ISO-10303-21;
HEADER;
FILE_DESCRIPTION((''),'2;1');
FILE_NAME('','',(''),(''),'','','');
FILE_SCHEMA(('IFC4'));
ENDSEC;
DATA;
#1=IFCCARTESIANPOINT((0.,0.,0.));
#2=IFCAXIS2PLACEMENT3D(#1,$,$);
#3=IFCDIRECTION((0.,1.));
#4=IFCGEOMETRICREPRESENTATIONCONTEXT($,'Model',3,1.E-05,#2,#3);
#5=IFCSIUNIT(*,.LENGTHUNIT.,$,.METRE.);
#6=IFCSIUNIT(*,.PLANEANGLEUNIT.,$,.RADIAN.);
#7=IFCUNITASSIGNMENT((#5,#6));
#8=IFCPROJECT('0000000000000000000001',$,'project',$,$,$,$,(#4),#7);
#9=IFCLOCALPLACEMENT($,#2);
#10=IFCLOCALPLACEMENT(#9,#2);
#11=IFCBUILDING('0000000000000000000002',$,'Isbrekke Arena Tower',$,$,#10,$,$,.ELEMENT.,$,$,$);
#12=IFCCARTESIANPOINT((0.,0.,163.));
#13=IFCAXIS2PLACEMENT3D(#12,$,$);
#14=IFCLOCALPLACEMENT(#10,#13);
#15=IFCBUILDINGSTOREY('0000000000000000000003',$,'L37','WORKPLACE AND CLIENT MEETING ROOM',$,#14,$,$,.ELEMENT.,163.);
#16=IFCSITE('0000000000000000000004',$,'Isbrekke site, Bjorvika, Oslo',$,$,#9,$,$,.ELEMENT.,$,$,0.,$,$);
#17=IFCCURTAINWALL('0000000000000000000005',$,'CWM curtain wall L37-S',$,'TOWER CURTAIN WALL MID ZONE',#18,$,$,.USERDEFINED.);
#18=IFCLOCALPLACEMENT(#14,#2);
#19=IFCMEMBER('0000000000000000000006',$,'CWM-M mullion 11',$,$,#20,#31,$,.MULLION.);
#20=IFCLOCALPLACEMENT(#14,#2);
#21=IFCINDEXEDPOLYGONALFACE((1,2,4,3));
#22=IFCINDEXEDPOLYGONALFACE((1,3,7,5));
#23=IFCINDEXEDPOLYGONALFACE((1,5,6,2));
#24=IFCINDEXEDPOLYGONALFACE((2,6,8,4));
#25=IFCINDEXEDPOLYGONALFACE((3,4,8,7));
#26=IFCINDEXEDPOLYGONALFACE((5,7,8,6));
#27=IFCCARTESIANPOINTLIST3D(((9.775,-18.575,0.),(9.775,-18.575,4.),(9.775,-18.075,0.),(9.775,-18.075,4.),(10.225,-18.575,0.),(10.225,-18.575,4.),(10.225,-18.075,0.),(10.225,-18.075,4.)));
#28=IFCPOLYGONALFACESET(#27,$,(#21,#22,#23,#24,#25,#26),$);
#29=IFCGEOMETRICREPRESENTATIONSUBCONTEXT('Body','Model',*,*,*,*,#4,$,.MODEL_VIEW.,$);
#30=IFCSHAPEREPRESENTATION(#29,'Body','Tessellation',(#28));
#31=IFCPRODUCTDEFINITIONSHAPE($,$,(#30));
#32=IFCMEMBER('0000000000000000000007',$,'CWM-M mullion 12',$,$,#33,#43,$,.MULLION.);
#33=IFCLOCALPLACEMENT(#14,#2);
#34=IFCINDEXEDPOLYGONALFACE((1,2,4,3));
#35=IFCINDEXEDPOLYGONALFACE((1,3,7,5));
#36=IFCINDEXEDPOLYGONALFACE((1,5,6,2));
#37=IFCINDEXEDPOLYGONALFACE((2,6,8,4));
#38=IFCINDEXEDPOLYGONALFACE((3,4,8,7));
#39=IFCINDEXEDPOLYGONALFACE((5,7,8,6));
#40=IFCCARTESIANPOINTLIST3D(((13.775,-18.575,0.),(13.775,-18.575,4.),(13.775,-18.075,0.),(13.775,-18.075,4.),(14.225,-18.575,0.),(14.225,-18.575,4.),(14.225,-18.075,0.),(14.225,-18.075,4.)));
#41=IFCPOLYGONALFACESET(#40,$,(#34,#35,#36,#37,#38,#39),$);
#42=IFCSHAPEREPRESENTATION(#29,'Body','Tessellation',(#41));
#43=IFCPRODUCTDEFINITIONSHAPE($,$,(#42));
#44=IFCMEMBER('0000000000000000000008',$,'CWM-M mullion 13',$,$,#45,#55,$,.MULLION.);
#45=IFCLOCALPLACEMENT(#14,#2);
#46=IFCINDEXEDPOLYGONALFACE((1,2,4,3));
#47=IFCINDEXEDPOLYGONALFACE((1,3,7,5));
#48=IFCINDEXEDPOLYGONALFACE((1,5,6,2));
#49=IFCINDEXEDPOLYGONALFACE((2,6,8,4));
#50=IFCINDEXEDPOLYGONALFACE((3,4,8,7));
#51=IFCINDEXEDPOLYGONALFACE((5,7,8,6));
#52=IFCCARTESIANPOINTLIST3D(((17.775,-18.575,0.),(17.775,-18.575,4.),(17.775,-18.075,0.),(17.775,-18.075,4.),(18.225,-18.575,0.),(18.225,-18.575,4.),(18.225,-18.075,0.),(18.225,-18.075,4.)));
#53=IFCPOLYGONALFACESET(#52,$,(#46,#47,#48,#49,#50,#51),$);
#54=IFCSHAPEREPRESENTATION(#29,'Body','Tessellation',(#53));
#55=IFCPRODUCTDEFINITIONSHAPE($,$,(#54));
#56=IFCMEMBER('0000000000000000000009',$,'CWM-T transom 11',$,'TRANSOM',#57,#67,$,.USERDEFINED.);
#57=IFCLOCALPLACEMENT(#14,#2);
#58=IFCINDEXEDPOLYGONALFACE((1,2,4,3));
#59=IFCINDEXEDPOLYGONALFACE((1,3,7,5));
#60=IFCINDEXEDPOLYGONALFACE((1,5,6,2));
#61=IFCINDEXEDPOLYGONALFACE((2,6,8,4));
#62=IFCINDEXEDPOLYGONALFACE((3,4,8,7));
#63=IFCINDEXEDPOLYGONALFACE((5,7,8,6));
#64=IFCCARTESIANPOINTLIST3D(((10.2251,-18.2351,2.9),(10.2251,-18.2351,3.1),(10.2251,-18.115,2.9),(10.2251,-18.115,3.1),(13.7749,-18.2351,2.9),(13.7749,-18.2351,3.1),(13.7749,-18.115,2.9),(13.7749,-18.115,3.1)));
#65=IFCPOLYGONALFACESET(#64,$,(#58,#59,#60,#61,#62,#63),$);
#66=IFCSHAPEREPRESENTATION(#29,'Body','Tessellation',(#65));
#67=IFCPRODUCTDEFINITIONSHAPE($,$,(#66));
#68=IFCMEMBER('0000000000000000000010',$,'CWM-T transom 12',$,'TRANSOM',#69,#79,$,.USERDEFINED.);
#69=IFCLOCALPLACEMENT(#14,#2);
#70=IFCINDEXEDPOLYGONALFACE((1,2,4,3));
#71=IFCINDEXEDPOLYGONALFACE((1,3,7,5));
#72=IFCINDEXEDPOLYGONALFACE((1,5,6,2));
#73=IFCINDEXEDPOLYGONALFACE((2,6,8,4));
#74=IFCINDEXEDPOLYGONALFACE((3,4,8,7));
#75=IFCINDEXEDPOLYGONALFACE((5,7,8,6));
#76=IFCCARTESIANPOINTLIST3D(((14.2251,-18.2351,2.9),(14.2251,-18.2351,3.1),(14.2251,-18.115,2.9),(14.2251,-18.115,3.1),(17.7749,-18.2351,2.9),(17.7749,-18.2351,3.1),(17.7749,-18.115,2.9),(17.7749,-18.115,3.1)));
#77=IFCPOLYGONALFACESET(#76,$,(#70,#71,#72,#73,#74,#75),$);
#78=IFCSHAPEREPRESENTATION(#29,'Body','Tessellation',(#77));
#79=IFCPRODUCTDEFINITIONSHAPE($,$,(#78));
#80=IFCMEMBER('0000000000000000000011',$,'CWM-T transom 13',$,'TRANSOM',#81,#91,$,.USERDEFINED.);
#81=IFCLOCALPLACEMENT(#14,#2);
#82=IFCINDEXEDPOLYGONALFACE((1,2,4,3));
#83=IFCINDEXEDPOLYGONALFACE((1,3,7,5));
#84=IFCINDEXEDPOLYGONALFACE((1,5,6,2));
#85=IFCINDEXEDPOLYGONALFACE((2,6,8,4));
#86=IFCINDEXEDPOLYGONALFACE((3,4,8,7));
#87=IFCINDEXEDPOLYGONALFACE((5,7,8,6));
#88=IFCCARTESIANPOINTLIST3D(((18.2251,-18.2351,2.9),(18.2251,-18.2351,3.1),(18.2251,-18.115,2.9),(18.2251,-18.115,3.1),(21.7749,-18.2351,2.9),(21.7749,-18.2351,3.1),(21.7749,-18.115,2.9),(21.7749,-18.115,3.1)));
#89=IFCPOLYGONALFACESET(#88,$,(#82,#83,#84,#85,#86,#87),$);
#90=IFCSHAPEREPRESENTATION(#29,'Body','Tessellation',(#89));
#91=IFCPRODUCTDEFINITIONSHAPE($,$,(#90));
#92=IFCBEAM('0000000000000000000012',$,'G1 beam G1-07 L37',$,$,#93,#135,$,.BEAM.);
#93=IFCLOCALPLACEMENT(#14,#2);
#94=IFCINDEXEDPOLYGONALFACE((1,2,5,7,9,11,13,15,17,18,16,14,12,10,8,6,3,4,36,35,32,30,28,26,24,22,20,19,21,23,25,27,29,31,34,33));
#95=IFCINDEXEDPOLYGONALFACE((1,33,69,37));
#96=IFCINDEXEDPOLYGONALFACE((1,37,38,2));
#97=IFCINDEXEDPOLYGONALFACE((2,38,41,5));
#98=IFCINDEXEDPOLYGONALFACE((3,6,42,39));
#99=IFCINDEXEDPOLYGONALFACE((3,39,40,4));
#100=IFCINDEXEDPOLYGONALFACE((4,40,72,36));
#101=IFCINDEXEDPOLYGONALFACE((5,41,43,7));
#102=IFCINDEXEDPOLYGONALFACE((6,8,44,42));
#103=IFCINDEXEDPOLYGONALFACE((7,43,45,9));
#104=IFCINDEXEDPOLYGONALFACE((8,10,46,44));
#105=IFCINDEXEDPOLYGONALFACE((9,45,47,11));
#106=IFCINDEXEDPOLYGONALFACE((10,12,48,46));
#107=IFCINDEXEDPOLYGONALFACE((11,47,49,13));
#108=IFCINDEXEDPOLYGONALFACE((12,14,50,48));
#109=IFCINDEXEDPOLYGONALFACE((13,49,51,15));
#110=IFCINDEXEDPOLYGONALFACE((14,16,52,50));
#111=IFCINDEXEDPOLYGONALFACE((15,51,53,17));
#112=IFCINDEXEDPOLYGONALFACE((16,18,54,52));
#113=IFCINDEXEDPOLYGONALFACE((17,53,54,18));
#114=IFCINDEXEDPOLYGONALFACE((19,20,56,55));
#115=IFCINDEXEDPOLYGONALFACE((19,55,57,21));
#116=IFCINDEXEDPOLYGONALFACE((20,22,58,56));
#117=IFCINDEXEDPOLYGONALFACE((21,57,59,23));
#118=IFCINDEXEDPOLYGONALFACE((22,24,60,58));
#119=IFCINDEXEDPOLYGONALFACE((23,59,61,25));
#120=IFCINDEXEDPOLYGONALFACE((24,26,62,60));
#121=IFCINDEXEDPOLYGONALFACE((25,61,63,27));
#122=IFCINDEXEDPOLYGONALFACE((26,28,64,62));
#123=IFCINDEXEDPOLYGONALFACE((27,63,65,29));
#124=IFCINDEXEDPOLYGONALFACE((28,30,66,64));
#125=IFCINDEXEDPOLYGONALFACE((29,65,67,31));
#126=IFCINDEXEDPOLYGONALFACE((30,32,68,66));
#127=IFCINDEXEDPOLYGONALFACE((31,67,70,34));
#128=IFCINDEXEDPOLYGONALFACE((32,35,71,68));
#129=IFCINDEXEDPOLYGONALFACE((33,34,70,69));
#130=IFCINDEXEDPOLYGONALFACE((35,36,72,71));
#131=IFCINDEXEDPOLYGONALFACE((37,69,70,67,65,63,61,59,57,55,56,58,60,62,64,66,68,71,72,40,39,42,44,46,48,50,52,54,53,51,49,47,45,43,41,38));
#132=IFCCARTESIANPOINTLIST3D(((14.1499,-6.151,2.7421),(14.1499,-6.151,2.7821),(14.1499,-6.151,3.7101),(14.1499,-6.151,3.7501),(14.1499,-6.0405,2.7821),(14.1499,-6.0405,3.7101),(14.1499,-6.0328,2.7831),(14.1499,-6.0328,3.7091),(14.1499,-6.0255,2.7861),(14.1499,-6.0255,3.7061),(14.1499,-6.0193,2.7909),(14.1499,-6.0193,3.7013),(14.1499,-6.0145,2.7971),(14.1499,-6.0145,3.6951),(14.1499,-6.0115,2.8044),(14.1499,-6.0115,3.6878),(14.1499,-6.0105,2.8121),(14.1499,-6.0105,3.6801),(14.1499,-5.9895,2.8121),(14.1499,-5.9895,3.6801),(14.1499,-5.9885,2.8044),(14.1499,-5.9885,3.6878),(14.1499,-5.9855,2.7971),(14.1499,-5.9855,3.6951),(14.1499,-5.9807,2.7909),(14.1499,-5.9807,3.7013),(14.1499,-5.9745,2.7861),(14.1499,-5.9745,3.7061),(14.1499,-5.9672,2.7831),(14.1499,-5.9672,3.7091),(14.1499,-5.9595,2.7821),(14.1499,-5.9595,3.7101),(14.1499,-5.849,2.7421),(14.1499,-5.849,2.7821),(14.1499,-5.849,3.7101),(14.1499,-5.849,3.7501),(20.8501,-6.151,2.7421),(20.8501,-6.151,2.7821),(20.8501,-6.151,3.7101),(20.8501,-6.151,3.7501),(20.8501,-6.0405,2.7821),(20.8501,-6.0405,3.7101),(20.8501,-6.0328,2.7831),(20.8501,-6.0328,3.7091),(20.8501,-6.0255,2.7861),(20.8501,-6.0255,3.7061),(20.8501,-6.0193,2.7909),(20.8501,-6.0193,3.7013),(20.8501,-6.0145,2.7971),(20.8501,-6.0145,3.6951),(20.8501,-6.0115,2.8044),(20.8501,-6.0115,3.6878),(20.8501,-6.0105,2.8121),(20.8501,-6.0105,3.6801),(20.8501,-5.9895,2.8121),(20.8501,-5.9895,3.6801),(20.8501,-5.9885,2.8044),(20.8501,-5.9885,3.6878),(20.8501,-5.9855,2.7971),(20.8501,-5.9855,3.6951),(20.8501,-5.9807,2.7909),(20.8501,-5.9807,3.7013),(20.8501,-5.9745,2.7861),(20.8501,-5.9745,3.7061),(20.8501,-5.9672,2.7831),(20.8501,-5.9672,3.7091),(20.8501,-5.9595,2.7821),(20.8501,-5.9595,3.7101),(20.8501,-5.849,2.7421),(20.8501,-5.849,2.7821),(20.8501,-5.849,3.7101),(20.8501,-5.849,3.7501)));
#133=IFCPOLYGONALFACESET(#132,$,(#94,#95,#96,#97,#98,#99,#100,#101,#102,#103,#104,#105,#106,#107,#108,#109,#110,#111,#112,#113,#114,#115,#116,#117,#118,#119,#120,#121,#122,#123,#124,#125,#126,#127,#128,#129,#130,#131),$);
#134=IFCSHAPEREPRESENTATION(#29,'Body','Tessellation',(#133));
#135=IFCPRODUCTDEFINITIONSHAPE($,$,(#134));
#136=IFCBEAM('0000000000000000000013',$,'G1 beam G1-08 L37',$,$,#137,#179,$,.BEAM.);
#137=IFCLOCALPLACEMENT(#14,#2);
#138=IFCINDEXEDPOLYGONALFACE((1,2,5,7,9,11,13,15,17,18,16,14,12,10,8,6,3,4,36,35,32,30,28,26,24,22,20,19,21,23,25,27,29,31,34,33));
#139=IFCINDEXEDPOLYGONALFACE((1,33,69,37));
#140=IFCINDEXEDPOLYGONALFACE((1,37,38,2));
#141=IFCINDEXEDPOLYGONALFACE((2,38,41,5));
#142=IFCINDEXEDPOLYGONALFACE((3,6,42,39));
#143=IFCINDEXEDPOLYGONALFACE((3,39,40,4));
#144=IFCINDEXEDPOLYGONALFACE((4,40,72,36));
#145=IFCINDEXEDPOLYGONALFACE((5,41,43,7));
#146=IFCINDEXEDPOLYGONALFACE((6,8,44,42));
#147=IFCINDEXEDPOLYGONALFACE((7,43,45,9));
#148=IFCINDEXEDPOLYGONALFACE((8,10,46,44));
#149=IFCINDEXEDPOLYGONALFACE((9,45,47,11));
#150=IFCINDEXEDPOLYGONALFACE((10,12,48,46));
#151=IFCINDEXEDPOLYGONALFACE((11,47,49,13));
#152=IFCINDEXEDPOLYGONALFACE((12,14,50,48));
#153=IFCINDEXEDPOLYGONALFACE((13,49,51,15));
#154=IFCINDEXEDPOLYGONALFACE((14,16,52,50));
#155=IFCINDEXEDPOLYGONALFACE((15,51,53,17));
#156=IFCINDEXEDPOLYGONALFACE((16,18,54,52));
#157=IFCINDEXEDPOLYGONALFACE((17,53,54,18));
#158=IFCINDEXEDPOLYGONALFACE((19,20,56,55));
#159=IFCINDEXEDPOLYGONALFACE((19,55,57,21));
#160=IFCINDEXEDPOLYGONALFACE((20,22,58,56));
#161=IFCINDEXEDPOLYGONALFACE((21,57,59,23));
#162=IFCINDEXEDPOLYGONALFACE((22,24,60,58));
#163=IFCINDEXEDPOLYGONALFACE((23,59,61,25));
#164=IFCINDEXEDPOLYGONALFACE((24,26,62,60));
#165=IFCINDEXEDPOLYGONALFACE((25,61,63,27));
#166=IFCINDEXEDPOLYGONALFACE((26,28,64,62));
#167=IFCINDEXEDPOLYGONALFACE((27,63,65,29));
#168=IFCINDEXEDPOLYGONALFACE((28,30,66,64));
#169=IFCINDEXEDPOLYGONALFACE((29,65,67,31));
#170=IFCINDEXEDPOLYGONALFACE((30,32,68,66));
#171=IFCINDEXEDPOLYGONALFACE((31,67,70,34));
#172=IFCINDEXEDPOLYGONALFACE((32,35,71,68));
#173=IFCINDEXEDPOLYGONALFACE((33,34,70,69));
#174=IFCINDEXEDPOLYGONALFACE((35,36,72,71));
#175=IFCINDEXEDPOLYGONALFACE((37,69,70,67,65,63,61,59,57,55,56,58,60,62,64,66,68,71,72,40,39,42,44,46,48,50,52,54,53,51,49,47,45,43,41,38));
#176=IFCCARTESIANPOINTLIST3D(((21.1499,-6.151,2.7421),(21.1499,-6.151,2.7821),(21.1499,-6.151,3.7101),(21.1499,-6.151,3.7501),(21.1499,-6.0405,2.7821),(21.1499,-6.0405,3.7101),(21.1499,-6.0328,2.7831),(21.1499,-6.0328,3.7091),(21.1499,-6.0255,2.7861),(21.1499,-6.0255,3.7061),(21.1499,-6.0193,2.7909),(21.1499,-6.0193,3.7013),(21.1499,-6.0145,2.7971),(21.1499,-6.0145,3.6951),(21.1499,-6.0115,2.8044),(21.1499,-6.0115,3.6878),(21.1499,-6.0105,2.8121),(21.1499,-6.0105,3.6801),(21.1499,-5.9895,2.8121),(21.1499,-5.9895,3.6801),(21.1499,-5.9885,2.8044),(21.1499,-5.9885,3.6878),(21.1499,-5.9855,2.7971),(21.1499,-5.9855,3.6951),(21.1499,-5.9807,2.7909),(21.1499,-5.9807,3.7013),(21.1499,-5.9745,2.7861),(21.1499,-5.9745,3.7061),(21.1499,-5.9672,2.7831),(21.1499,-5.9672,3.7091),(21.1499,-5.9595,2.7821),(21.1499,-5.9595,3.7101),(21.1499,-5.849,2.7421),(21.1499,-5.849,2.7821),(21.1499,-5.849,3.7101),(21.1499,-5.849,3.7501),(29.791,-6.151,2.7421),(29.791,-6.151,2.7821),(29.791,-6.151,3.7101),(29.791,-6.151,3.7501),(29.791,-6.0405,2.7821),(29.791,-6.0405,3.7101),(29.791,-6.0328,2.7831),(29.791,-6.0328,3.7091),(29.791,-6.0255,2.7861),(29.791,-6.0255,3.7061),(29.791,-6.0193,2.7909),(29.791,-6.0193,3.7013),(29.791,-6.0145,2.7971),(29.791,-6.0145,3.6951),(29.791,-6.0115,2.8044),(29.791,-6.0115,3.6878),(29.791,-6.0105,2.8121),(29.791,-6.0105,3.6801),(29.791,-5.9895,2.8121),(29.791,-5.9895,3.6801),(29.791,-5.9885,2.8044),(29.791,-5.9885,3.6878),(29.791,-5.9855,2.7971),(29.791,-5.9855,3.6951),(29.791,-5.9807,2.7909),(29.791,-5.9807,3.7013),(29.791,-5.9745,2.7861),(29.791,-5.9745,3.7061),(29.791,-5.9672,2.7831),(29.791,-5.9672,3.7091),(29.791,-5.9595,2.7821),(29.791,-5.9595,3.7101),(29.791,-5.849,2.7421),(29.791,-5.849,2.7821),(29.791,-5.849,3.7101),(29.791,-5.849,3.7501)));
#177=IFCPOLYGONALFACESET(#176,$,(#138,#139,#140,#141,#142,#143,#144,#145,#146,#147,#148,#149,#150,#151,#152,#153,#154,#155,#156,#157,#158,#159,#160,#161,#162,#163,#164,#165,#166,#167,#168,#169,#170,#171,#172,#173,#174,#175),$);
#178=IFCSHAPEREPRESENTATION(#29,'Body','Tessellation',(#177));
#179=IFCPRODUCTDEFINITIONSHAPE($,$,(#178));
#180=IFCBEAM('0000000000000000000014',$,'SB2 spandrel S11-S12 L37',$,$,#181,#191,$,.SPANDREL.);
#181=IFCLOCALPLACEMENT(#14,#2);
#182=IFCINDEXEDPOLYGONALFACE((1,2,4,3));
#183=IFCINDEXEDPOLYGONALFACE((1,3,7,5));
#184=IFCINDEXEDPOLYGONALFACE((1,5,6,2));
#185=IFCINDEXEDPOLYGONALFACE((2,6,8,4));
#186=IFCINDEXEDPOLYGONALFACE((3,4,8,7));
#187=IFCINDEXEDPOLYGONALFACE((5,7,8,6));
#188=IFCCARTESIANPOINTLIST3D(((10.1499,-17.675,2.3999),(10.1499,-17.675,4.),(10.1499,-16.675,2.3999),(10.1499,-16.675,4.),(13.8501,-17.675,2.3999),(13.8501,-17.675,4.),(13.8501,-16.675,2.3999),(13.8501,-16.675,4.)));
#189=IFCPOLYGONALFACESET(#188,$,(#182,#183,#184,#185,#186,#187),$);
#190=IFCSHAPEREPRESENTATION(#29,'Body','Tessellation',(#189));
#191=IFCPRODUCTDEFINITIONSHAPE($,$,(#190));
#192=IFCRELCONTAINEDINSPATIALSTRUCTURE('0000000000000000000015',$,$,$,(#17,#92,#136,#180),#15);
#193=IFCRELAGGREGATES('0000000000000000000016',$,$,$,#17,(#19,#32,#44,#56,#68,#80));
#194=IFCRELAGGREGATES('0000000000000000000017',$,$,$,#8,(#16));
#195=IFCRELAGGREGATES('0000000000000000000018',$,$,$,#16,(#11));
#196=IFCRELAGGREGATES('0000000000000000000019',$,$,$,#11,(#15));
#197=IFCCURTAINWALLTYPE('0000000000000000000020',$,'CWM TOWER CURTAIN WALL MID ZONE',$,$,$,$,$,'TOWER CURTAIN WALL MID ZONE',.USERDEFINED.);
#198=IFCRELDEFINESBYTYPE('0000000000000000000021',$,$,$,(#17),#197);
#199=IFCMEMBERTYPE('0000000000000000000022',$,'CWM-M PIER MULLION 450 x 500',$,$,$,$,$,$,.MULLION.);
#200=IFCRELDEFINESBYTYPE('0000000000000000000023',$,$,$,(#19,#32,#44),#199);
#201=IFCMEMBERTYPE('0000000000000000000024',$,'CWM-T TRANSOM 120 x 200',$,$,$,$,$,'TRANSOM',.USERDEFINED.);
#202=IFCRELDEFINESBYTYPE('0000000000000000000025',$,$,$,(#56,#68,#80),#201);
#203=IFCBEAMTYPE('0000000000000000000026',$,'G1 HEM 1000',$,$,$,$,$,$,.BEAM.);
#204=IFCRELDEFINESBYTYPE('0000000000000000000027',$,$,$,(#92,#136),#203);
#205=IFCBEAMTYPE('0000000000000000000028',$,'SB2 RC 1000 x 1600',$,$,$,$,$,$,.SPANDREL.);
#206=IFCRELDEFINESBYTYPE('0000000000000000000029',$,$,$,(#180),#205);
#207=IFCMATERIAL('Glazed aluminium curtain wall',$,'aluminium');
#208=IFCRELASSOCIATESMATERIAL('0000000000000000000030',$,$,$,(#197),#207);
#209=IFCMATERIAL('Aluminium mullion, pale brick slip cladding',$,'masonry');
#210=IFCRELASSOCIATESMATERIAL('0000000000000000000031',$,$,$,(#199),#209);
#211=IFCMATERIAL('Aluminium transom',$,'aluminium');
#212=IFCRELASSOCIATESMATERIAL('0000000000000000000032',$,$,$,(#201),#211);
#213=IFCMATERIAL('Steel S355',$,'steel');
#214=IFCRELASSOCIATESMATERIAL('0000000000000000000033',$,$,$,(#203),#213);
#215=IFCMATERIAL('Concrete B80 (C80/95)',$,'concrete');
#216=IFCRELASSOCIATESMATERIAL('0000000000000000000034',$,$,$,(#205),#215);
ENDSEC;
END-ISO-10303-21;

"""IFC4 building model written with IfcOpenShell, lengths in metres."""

from ifc_helpers import new_model, si_unit, direction, frame, origin, origin_2d, place, context, subcontext, project, spatial, rectangle, i_section, extrude, material, material_profile, profile_set, type_object, element, aggregate, save


model = new_model("IFC4")

# Units and contexts
model_context = context("Model", 3, precision=1e-05, world=origin(), true_north=direction((0.0, 1.0)))
body_context = subcontext(model_context, "Body", "Model", "MODEL_VIEW")
ifc_project = project(units=[si_unit("LENGTHUNIT", "METRE"), si_unit("PLANEANGLEUNIT", "RADIAN")], contexts=[model_context])

# Site, building, storey
site_placement = place(None, origin())
site = spatial("IfcSite", under=ifc_project, at=site_placement, Name="Isbrekke site, Bjorvika, Oslo", CompositionType="ELEMENT", RefElevation=0.0)
building_placement = place(site_placement, origin())
building = spatial("IfcBuilding", under=site, at=building_placement, Name="Isbrekke Arena Tower", CompositionType="ELEMENT")
storey_placement = place(building_placement, frame((0.0, 0.0, 163.0)))
storey = spatial("IfcBuildingStorey", under=building, at=storey_placement, Name="L37", Description="WORKPLACE AND CLIENT MEETING ROOM", CompositionType="ELEMENT", Elevation=163.0)

# Curtain wall, members
ifc_material_1 = material(Name="Glazed aluminium curtain wall", Category="aluminium")
curtain_wall_type = type_object("IfcCurtainWallType", Name="CWM TOWER CURTAIN WALL MID ZONE", ElementType="TOWER CURTAIN WALL MID ZONE", PredefinedType="USERDEFINED", material=ifc_material_1)
curtain_wall_placement = place(storey_placement, origin())
curtain_wall = element("IfcCurtainWall", 1, at=curtain_wall_placement, inside=storey, type_object=curtain_wall_type, Name="CWM curtain wall L37-S", ObjectType="TOWER CURTAIN WALL MID ZONE", PredefinedType="USERDEFINED")
ifc_material_2 = material(Name="Aluminium mullion, pale brick slip cladding", Category="masonry")
ifc_material_profile_1 = material_profile(ifc_material_2, rectangle(XDim=0.45, YDim=0.5, at=origin_2d()), Name="PIER 450X500")
ifc_profile_set_1 = profile_set([ifc_material_profile_1], Name="Aluminium mullion, pale brick slip cladding")
member_type_1 = type_object("IfcMemberType", Name="CWM-M PIER MULLION 450 x 500", PredefinedType="MULLION", material=ifc_profile_set_1)
member_1_placement = place(storey_placement, frame((10.0, -18.325, 0.0), z_axis=(0.0, 0.0, 1.0), x_axis=(1.0, 0.0, 0.0)))
member_1 = element("IfcMember", 2, at=member_1_placement, type_object=member_type_1, Name="CWM-M mullion 11", PredefinedType="MULLION", context=body_context, shape_type="SweptSolid", body=[
    extrude(rectangle(XDim=0.45, YDim=0.5, at=origin_2d()), origin(), (0.0, 0.0, 1.0), 4.0),
])
member_2_placement = place(storey_placement, frame((14.0, -18.325, 0.0), z_axis=(0.0, 0.0, 1.0), x_axis=(1.0, 0.0, 0.0)))
member_2 = element("IfcMember", 3, at=member_2_placement, type_object=member_type_1, Name="CWM-M mullion 12", PredefinedType="MULLION", context=body_context, shape_type="SweptSolid", body=[
    extrude(rectangle(XDim=0.45, YDim=0.5, at=origin_2d()), origin(), (0.0, 0.0, 1.0), 4.0),
])
member_3_placement = place(storey_placement, frame((18.0, -18.325, 0.0), z_axis=(0.0, 0.0, 1.0), x_axis=(1.0, 0.0, 0.0)))
member_3 = element("IfcMember", 4, at=member_3_placement, type_object=member_type_1, Name="CWM-M mullion 13", PredefinedType="MULLION", context=body_context, shape_type="SweptSolid", body=[
    extrude(rectangle(XDim=0.45, YDim=0.5, at=origin_2d()), origin(), (0.0, 0.0, 1.0), 4.0),
])
ifc_material_3 = material(Name="Aluminium transom", Category="aluminium")
ifc_material_profile_2 = material_profile(ifc_material_3, rectangle(XDim=0.1201, YDim=0.2, at=origin_2d()), Name="TRANSOM 120X200")
ifc_profile_set_2 = profile_set([ifc_material_profile_2], Name="Aluminium transom")
member_type_2 = type_object("IfcMemberType", Name="CWM-T TRANSOM 120 x 200", ElementType="TRANSOM", PredefinedType="USERDEFINED", material=ifc_profile_set_2)
member_4_placement = place(storey_placement, frame((10.2251, -18.175, 3.0), z_axis=(1.0, 0.0, 0.0), x_axis=(0.0, 1.0, 0.0)))
member_4 = element("IfcMember", 5, at=member_4_placement, type_object=member_type_2, Name="CWM-T transom 11", ObjectType="TRANSOM", PredefinedType="USERDEFINED", context=body_context, shape_type="SweptSolid", body=[
    extrude(rectangle(XDim=0.1201, YDim=0.2, at=origin_2d()), origin(), (0.0, 0.0, 1.0), 3.5498),
])
member_5_placement = place(storey_placement, frame((14.2251, -18.175, 3.0), z_axis=(1.0, 0.0, 0.0), x_axis=(0.0, 1.0, 0.0)))
member_5 = element("IfcMember", 6, at=member_5_placement, type_object=member_type_2, Name="CWM-T transom 12", ObjectType="TRANSOM", PredefinedType="USERDEFINED", context=body_context, shape_type="SweptSolid", body=[
    extrude(rectangle(XDim=0.1201, YDim=0.2, at=origin_2d()), origin(), (0.0, 0.0, 1.0), 3.5498),
])
member_6_placement = place(storey_placement, frame((18.2251, -18.175, 3.0), z_axis=(1.0, 0.0, 0.0), x_axis=(0.0, 1.0, 0.0)))
member_6 = element("IfcMember", 7, at=member_6_placement, type_object=member_type_2, Name="CWM-T transom 13", ObjectType="TRANSOM", PredefinedType="USERDEFINED", context=body_context, shape_type="SweptSolid", body=[
    extrude(rectangle(XDim=0.1201, YDim=0.2, at=origin_2d()), origin(), (0.0, 0.0, 1.0), 3.5498),
])

# Beams
ifc_material_4 = material(Name="Steel S355", Category="steel")
ifc_material_profile_3 = material_profile(ifc_material_4, i_section(OverallWidth=0.302, OverallDepth=1.0081, WebThickness=0.021, FlangeThickness=0.04, FilletRadius=0.03, at=origin_2d()), Name="HEM 1000")
ifc_profile_set_3 = profile_set([ifc_material_profile_3], Name="Steel S355")
beam_type_1 = type_object("IfcBeamType", Name="G1 HEM 1000", PredefinedType="BEAM", material=ifc_profile_set_3)
beam_1_placement = place(storey_placement, frame((14.1499, -6.0, 3.2461), z_axis=(1.0, 0.0, 0.0), x_axis=(0.0, 1.0, 0.0)))
element("IfcBeam", 8, at=beam_1_placement, inside=storey, type_object=beam_type_1, Name="G1 beam G1-07 L37", PredefinedType="BEAM", context=body_context, shape_type="SweptSolid", body=[
    extrude(i_section(OverallWidth=0.302, OverallDepth=1.0081, WebThickness=0.021, FlangeThickness=0.04, FilletRadius=0.03, at=origin_2d()), origin(), (0.0, 0.0, 1.0), 6.7002),
])
beam_2_placement = place(storey_placement, frame((21.1499, -6.0, 3.2461), z_axis=(1.0, 0.0, 0.0), x_axis=(0.0, 1.0, 0.0)))
element("IfcBeam", 9, at=beam_2_placement, inside=storey, type_object=beam_type_1, Name="G1 beam G1-08 L37", PredefinedType="BEAM", context=body_context, shape_type="SweptSolid", body=[
    extrude(i_section(OverallWidth=0.302, OverallDepth=1.0081, WebThickness=0.021, FlangeThickness=0.04, FilletRadius=0.03, at=origin_2d()), origin(), (0.0, 0.0, 1.0), 8.6411),
])
ifc_material_5 = material(Name="Concrete B80 (C80/95)", Category="concrete")
ifc_material_profile_4 = material_profile(ifc_material_5, rectangle(XDim=1.0, YDim=1.6001, at=origin_2d()), Name="RC 1000x1600")
ifc_profile_set_4 = profile_set([ifc_material_profile_4], Name="Concrete B80 (C80/95)")
beam_type_2 = type_object("IfcBeamType", Name="SB2 RC 1000 x 1600", PredefinedType="SPANDREL", material=ifc_profile_set_4)
for number, where, z_axis, x_axis, name in (
    (10, (10.1499, -17.175, 3.2), (1.0, 0.0, 0.0), (0.0, 1.0, 0.0), "SB2 spandrel S11-S12 L37"),
):
    element("IfcBeam", number, at=place(storey_placement, frame(where, z_axis=z_axis, x_axis=x_axis)), inside=storey, type_object=beam_type_2, Name=name, PredefinedType="SPANDREL", context=body_context, shape_type="SweptSolid", body=[
        extrude(rectangle(XDim=1.0, YDim=1.6001, at=origin_2d()), origin(), (0.0, 0.0, 1.0), 3.7002),
    ])

aggregate(curtain_wall, [member_1, member_2, member_3, member_4, member_5, member_6])

save(model, "model.ifc")
